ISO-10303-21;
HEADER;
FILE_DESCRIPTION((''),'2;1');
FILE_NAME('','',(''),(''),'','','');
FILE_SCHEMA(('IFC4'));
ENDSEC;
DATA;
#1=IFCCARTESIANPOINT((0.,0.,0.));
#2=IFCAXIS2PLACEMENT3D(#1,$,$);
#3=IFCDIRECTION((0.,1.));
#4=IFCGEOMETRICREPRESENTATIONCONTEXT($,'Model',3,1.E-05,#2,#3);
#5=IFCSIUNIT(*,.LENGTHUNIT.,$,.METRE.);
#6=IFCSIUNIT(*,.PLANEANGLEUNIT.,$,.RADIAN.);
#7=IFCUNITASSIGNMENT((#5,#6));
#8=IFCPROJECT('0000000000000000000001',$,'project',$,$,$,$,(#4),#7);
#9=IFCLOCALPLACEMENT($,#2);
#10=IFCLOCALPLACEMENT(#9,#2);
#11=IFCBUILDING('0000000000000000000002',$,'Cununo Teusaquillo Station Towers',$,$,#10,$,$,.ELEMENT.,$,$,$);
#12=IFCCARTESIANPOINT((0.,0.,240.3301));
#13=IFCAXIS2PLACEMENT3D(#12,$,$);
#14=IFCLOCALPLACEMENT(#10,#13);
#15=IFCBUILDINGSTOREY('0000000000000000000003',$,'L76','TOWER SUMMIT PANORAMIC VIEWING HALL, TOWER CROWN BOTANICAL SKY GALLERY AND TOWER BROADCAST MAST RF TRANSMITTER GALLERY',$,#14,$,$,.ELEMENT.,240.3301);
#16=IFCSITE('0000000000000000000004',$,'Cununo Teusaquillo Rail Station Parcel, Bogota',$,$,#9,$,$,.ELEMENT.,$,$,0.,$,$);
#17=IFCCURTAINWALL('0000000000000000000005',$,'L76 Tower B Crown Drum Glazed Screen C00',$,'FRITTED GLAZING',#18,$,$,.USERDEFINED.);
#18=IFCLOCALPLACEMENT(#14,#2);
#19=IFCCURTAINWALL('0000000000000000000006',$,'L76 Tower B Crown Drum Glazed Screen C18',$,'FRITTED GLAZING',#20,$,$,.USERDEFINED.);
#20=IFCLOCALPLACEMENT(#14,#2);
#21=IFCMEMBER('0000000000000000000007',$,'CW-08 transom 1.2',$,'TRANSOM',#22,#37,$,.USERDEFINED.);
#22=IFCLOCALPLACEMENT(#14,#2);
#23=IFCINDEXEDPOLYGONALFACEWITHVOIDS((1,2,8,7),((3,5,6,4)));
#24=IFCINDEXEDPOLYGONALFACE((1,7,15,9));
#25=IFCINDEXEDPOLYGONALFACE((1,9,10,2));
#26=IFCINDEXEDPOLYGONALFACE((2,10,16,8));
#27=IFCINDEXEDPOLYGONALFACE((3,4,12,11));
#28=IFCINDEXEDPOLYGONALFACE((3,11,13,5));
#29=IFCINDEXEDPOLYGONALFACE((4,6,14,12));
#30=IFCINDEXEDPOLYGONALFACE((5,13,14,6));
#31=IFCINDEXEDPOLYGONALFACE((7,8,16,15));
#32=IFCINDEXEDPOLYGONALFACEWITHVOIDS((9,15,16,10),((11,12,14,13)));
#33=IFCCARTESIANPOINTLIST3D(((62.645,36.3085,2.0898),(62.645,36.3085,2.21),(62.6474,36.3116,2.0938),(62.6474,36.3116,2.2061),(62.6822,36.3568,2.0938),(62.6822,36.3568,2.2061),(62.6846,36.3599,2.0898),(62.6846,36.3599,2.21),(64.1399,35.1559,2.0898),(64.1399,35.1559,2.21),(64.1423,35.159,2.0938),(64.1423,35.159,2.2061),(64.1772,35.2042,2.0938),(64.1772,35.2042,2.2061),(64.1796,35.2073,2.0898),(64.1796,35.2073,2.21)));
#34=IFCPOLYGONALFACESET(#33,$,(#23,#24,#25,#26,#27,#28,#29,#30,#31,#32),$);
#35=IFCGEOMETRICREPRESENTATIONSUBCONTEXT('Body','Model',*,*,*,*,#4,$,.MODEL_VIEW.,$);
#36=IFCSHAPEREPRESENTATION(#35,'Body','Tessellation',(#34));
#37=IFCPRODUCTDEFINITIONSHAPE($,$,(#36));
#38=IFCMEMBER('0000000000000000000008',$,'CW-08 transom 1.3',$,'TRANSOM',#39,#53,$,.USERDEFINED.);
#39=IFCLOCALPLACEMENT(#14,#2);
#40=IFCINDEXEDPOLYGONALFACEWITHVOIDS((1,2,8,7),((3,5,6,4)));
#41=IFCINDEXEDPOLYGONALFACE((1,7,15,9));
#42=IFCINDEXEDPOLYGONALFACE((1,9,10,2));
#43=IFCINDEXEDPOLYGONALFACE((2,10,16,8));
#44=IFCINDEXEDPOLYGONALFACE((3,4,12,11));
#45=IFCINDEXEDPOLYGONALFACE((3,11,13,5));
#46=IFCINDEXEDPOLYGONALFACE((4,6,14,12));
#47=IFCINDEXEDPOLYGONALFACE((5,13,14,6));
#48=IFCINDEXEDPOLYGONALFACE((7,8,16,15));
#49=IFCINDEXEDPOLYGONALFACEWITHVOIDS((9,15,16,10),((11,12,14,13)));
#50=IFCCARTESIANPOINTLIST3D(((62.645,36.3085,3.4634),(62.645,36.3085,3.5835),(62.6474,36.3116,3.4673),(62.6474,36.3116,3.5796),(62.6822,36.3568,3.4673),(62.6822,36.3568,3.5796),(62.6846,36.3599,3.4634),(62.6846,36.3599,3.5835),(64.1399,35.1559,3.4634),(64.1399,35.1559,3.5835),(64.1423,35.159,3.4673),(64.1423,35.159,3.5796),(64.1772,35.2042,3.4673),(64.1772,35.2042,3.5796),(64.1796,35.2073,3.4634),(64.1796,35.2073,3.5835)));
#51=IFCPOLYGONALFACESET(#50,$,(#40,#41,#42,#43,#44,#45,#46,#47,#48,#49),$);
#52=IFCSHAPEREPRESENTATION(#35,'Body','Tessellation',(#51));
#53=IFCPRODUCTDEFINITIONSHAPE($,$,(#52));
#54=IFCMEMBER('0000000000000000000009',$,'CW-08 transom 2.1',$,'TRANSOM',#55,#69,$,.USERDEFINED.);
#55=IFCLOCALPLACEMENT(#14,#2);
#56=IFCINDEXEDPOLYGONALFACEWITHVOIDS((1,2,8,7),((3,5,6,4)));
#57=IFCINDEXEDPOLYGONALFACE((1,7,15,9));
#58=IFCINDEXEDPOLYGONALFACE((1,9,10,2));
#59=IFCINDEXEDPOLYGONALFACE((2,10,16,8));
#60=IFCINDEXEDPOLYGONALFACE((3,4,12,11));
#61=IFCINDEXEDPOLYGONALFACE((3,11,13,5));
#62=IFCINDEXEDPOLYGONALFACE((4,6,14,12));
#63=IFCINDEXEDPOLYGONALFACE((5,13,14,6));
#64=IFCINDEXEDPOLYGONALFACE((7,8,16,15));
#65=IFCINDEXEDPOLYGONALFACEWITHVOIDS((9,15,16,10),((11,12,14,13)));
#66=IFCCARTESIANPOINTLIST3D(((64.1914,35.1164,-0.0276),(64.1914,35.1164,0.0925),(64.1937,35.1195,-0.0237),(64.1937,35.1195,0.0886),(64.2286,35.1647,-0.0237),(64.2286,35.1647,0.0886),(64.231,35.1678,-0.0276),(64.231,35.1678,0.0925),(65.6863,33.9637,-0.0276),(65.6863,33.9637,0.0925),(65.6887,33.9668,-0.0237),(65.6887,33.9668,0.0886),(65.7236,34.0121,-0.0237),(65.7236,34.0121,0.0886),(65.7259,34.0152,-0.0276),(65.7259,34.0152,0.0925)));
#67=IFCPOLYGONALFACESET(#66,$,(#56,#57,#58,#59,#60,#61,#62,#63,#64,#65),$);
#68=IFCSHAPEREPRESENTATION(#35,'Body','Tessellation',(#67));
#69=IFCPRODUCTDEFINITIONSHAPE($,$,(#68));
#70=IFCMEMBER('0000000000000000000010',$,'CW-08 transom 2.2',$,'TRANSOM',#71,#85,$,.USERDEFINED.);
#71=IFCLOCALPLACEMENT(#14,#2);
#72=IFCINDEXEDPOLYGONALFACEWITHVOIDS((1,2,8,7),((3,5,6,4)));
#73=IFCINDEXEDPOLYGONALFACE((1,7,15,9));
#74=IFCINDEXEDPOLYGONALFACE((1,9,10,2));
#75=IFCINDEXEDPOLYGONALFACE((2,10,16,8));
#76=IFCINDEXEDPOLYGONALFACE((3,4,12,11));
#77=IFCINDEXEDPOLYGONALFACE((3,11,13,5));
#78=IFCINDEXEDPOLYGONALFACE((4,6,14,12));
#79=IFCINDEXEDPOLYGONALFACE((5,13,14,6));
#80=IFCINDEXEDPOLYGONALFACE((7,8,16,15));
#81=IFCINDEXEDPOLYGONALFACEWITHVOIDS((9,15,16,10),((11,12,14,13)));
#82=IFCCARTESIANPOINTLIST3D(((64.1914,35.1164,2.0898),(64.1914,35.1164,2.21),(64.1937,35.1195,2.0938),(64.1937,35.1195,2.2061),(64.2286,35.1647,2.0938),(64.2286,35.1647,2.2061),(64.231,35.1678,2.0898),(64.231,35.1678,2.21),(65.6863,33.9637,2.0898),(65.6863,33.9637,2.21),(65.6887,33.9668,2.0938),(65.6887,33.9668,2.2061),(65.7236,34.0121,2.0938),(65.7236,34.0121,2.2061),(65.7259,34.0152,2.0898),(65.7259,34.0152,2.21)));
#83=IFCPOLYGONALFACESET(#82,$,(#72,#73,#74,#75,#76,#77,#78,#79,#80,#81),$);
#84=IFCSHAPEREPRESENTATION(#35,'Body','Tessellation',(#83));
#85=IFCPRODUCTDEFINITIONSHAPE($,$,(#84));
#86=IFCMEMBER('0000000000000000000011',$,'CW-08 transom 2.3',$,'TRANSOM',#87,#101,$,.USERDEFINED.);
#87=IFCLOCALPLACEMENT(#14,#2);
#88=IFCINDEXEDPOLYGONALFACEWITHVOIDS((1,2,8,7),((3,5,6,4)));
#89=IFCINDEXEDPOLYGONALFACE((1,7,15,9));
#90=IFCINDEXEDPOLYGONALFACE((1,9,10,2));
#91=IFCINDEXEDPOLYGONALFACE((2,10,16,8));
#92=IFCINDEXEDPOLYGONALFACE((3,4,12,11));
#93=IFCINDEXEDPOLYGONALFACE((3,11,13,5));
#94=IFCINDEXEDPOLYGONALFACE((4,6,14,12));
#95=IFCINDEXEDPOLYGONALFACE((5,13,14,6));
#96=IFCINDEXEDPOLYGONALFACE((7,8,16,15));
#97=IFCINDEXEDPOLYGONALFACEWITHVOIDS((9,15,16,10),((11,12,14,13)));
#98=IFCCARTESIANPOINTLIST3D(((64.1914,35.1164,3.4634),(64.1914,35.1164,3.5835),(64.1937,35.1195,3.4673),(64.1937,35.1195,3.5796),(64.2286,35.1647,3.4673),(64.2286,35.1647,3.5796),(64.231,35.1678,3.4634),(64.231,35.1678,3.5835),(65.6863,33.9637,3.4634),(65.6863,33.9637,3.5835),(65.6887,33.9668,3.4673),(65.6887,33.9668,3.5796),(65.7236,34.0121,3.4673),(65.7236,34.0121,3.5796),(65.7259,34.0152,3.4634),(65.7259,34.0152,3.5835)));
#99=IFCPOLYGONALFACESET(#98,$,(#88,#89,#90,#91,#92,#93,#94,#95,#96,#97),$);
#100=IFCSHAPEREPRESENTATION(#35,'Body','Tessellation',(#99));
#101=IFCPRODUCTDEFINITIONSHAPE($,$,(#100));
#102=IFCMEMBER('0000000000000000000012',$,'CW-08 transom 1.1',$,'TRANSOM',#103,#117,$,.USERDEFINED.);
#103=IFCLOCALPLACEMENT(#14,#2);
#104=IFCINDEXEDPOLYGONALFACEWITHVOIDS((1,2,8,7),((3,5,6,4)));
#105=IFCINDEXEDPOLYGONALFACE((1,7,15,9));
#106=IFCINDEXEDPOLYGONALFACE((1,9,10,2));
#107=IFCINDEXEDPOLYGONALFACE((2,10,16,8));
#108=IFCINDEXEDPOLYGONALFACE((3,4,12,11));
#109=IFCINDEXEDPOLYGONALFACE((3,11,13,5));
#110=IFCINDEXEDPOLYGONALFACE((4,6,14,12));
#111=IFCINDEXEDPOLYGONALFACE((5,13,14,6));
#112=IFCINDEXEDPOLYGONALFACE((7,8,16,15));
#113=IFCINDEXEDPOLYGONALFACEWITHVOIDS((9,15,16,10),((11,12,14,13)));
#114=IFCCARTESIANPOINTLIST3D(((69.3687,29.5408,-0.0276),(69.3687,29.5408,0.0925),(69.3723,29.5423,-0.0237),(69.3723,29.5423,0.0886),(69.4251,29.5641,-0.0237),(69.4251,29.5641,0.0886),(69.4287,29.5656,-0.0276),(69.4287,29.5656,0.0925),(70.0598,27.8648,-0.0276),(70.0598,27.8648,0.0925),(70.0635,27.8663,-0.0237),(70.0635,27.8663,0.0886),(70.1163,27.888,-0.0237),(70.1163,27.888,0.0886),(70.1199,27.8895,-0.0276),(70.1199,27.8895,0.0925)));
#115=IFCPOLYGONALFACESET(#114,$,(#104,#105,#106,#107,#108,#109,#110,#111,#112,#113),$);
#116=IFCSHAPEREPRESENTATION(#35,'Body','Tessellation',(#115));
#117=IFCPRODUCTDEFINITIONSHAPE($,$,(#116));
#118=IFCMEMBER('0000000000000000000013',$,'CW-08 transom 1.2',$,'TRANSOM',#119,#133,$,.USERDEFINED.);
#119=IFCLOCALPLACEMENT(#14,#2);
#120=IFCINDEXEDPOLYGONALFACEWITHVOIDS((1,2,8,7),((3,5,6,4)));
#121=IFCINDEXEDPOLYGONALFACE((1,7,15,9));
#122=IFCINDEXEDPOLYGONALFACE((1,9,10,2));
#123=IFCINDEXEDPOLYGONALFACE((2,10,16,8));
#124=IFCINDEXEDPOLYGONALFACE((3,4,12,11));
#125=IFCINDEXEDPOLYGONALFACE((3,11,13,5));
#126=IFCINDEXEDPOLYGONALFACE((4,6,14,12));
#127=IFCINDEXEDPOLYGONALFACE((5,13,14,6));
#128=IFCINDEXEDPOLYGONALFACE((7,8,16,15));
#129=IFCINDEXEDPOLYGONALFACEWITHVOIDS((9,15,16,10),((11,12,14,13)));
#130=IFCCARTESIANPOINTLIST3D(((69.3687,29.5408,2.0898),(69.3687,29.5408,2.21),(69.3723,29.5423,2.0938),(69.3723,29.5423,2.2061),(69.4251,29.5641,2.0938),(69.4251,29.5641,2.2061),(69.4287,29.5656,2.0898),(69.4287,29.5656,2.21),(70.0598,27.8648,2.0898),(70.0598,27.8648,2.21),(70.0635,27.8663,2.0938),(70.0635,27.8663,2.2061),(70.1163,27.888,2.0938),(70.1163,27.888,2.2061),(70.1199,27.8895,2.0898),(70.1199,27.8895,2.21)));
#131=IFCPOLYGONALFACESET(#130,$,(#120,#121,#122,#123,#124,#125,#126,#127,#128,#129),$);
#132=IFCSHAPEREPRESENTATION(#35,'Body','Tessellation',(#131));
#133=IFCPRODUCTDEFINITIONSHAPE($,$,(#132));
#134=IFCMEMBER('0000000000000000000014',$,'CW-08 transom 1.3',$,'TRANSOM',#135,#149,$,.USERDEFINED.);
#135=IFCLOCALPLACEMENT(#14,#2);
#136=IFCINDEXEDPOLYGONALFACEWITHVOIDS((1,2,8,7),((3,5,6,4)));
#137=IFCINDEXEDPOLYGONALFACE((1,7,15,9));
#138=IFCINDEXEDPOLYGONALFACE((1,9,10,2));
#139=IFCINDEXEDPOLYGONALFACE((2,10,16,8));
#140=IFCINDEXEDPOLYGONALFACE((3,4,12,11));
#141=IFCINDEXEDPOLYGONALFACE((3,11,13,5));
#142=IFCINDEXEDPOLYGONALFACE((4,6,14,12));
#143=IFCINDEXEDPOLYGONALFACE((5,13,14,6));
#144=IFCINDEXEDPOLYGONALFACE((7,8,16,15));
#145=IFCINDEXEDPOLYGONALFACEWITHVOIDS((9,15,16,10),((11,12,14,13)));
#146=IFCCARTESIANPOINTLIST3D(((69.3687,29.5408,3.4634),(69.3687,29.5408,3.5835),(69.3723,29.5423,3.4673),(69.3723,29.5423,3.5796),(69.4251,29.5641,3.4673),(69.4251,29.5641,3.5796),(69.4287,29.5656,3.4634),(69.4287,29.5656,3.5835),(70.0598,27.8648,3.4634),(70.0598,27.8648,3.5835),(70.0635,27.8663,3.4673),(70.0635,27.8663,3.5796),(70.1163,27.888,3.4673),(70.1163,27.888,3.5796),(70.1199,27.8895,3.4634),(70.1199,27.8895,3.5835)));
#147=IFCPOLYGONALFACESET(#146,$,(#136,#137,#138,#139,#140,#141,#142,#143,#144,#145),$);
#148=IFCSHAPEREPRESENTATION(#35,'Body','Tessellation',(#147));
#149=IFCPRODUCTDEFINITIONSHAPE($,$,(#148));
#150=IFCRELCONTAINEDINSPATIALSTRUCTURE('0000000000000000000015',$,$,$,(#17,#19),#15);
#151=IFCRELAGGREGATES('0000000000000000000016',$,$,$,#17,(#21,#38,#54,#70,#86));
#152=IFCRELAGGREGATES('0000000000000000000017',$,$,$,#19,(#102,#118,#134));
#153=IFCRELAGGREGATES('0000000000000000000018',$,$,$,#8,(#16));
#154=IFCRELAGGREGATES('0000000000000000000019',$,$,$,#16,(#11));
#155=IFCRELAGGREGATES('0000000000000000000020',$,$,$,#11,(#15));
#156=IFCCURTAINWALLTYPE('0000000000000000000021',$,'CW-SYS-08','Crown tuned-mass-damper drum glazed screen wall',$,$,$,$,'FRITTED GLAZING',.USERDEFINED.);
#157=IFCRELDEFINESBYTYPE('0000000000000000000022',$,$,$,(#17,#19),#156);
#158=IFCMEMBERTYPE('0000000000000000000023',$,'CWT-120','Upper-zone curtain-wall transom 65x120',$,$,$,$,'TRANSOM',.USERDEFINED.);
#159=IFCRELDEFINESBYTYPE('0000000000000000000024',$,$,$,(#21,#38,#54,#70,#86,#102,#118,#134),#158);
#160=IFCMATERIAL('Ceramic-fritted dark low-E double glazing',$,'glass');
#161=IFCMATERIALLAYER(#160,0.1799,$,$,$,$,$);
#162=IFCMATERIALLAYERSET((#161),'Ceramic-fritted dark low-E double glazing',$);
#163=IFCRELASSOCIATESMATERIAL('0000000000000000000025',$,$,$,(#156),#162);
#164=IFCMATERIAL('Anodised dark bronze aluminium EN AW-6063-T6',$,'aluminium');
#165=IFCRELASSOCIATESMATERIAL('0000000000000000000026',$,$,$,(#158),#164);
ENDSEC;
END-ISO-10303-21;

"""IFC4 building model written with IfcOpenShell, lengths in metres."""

from ifc_helpers import new_model, si_unit, direction, frame, origin, origin_2d, place, context, subcontext, project, spatial, hollow_rectangle, extrude, material, layer, layer_set, material_profile, profile_set, type_object, element, aggregate, save


model = new_model("IFC4")

# Units and contexts
model_context = context("Model", 3, precision=1e-05, world=origin(), true_north=direction((0.0, 1.0)))
body_context = subcontext(model_context, "Body", "Model", "MODEL_VIEW")
ifc_project = project(units=[si_unit("LENGTHUNIT", "METRE"), si_unit("PLANEANGLEUNIT", "RADIAN")], contexts=[model_context])

# Site, building, storey
site_placement = place(None, origin())
site = spatial("IfcSite", under=ifc_project, at=site_placement, Name="Cununo Teusaquillo Rail Station Parcel, Bogota", CompositionType="ELEMENT", RefElevation=0.0)
building_placement = place(site_placement, origin())
building = spatial("IfcBuilding", under=site, at=building_placement, Name="Cununo Teusaquillo Station Towers", CompositionType="ELEMENT")
storey_placement = place(building_placement, frame((0.0, 0.0, 240.3301)))
storey = spatial("IfcBuildingStorey", under=building, at=storey_placement, Name="L76", Description="TOWER SUMMIT PANORAMIC VIEWING HALL, TOWER CROWN BOTANICAL SKY GALLERY AND TOWER BROADCAST MAST RF TRANSMITTER GALLERY", CompositionType="ELEMENT", Elevation=240.3301)

# Curtain wall
ifc_material_1 = material(Name="Ceramic-fritted dark low-E double glazing", Category="glass")
ifc_layer_1 = layer(ifc_material_1, 0.1799)
ifc_layer_set_1 = layer_set([ifc_layer_1], Name="Ceramic-fritted dark low-E double glazing")
curtain_wall_type = type_object("IfcCurtainWallType", Name="CW-SYS-08", Description="Crown tuned-mass-damper drum glazed screen wall", ElementType="FRITTED GLAZING", PredefinedType="USERDEFINED", material=ifc_layer_set_1)
curtain_wall_1_placement = place(storey_placement, origin())
curtain_wall_1 = element("IfcCurtainWall", 1, at=curtain_wall_1_placement, inside=storey, type_object=curtain_wall_type, Name="L76 Tower B Crown Drum Glazed Screen C00", ObjectType="FRITTED GLAZING", PredefinedType="USERDEFINED")

# Curtain wall
curtain_wall_2_placement = place(storey_placement, origin())
curtain_wall_2 = element("IfcCurtainWall", 2, at=curtain_wall_2_placement, inside=storey, type_object=curtain_wall_type, Name="L76 Tower B Crown Drum Glazed Screen C18", ObjectType="FRITTED GLAZING", PredefinedType="USERDEFINED")

# Members
ifc_material_2 = material(Name="Anodised dark bronze aluminium EN AW-6063-T6", Category="aluminium")
ifc_material_profile_1 = material_profile(ifc_material_2, hollow_rectangle(XDim=0.0649, YDim=0.1201, WallThickness=0.0039, at=origin_2d()), Name="CW-TRAN-65x120")
ifc_profile_set_1 = profile_set([ifc_material_profile_1], Name="Anodised dark bronze aluminium EN AW-6063-T6")
member_type_1 = type_object("IfcMemberType", Name="CWT-120", Description="Upper-zone curtain-wall transom 65x120", ElementType="TRANSOM", PredefinedType="USERDEFINED", material=ifc_profile_set_1)
member_1_placement = place(storey_placement, frame((62.6648, 36.3342, 2.1499), z_axis=(0.791936, -0.610604, 0.0), x_axis=(0.610604, 0.791936, 0.0)))
member_1 = element("IfcMember", 3, at=member_1_placement, type_object=member_type_1, Name="CW-08 transom 1.2", ObjectType="TRANSOM", PredefinedType="USERDEFINED", context=body_context, shape_type="SweptSolid", body=[
    extrude(hollow_rectangle(XDim=0.0649, YDim=0.1201, WallThickness=0.0039, at=origin_2d()), origin(), (0.0, 0.0, 1.0), 1.8877),
])
member_2_placement = place(storey_placement, frame((62.6648, 36.3342, 3.5234), z_axis=(0.791936, -0.610604, 0.0), x_axis=(0.610604, 0.791936, 0.0)))
member_2 = element("IfcMember", 4, at=member_2_placement, type_object=member_type_1, Name="CW-08 transom 1.3", ObjectType="TRANSOM", PredefinedType="USERDEFINED", context=body_context, shape_type="SweptSolid", body=[
    extrude(hollow_rectangle(XDim=0.0649, YDim=0.1201, WallThickness=0.0039, at=origin_2d()), origin(), (0.0, 0.0, 1.0), 1.8877),
])
member_3_placement = place(storey_placement, frame((64.2112, 35.1421, 0.0325), z_axis=(0.791936, -0.610604, 0.0), x_axis=(0.610604, 0.791936, 0.0)))
member_3 = element("IfcMember", 5, at=member_3_placement, type_object=member_type_1, Name="CW-08 transom 2.1", ObjectType="TRANSOM", PredefinedType="USERDEFINED", context=body_context, shape_type="SweptSolid", body=[
    extrude(hollow_rectangle(XDim=0.0649, YDim=0.1201, WallThickness=0.0039, at=origin_2d()), origin(), (0.0, 0.0, 1.0), 1.8877),
])
member_4_placement = place(storey_placement, frame((64.2112, 35.1421, 2.1499), z_axis=(0.791936, -0.610604, 0.0), x_axis=(0.610604, 0.791936, 0.0)))
member_4 = element("IfcMember", 6, at=member_4_placement, type_object=member_type_1, Name="CW-08 transom 2.2", ObjectType="TRANSOM", PredefinedType="USERDEFINED", context=body_context, shape_type="SweptSolid", body=[
    extrude(hollow_rectangle(XDim=0.0649, YDim=0.1201, WallThickness=0.0039, at=origin_2d()), origin(), (0.0, 0.0, 1.0), 1.8877),
])
member_5_placement = place(storey_placement, frame((64.2112, 35.1421, 3.5234), z_axis=(0.791936, -0.610604, 0.0), x_axis=(0.610604, 0.791936, 0.0)))
member_5 = element("IfcMember", 7, at=member_5_placement, type_object=member_type_1, Name="CW-08 transom 2.3", ObjectType="TRANSOM", PredefinedType="USERDEFINED", context=body_context, shape_type="SweptSolid", body=[
    extrude(hollow_rectangle(XDim=0.0649, YDim=0.1201, WallThickness=0.0039, at=origin_2d()), origin(), (0.0, 0.0, 1.0), 1.8877),
])
member_6_placement = place(storey_placement, frame((69.3987, 29.5532, 0.0325), z_axis=(0.381237, -0.924477, 0.0), x_axis=(0.924477, 0.381237, 0.0)))
member_6 = element("IfcMember", 8, at=member_6_placement, type_object=member_type_1, Name="CW-08 transom 1.1", ObjectType="TRANSOM", PredefinedType="USERDEFINED", context=body_context, shape_type="SweptSolid", body=[
    extrude(hollow_rectangle(XDim=0.0649, YDim=0.1201, WallThickness=0.0039, at=origin_2d()), origin(), (0.0, 0.0, 1.0), 1.813),
])
member_7_placement = place(storey_placement, frame((69.3987, 29.5532, 2.1499), z_axis=(0.381237, -0.924477, 0.0), x_axis=(0.924477, 0.381237, 0.0)))
member_7 = element("IfcMember", 9, at=member_7_placement, type_object=member_type_1, Name="CW-08 transom 1.2", ObjectType="TRANSOM", PredefinedType="USERDEFINED", context=body_context, shape_type="SweptSolid", body=[
    extrude(hollow_rectangle(XDim=0.0649, YDim=0.1201, WallThickness=0.0039, at=origin_2d()), origin(), (0.0, 0.0, 1.0), 1.813),
])
member_8_placement = place(storey_placement, frame((69.3987, 29.5532, 3.5234), z_axis=(0.381237, -0.924477, 0.0), x_axis=(0.924477, 0.381237, 0.0)))
member_8 = element("IfcMember", 10, at=member_8_placement, type_object=member_type_1, Name="CW-08 transom 1.3", ObjectType="TRANSOM", PredefinedType="USERDEFINED", context=body_context, shape_type="SweptSolid", body=[
    extrude(hollow_rectangle(XDim=0.0649, YDim=0.1201, WallThickness=0.0039, at=origin_2d()), origin(), (0.0, 0.0, 1.0), 1.813),
])

aggregate(curtain_wall_1, [member_1, member_2, member_3, member_4, member_5])
aggregate(curtain_wall_2, [member_6, member_7, member_8])

save(model, "model.ifc")
